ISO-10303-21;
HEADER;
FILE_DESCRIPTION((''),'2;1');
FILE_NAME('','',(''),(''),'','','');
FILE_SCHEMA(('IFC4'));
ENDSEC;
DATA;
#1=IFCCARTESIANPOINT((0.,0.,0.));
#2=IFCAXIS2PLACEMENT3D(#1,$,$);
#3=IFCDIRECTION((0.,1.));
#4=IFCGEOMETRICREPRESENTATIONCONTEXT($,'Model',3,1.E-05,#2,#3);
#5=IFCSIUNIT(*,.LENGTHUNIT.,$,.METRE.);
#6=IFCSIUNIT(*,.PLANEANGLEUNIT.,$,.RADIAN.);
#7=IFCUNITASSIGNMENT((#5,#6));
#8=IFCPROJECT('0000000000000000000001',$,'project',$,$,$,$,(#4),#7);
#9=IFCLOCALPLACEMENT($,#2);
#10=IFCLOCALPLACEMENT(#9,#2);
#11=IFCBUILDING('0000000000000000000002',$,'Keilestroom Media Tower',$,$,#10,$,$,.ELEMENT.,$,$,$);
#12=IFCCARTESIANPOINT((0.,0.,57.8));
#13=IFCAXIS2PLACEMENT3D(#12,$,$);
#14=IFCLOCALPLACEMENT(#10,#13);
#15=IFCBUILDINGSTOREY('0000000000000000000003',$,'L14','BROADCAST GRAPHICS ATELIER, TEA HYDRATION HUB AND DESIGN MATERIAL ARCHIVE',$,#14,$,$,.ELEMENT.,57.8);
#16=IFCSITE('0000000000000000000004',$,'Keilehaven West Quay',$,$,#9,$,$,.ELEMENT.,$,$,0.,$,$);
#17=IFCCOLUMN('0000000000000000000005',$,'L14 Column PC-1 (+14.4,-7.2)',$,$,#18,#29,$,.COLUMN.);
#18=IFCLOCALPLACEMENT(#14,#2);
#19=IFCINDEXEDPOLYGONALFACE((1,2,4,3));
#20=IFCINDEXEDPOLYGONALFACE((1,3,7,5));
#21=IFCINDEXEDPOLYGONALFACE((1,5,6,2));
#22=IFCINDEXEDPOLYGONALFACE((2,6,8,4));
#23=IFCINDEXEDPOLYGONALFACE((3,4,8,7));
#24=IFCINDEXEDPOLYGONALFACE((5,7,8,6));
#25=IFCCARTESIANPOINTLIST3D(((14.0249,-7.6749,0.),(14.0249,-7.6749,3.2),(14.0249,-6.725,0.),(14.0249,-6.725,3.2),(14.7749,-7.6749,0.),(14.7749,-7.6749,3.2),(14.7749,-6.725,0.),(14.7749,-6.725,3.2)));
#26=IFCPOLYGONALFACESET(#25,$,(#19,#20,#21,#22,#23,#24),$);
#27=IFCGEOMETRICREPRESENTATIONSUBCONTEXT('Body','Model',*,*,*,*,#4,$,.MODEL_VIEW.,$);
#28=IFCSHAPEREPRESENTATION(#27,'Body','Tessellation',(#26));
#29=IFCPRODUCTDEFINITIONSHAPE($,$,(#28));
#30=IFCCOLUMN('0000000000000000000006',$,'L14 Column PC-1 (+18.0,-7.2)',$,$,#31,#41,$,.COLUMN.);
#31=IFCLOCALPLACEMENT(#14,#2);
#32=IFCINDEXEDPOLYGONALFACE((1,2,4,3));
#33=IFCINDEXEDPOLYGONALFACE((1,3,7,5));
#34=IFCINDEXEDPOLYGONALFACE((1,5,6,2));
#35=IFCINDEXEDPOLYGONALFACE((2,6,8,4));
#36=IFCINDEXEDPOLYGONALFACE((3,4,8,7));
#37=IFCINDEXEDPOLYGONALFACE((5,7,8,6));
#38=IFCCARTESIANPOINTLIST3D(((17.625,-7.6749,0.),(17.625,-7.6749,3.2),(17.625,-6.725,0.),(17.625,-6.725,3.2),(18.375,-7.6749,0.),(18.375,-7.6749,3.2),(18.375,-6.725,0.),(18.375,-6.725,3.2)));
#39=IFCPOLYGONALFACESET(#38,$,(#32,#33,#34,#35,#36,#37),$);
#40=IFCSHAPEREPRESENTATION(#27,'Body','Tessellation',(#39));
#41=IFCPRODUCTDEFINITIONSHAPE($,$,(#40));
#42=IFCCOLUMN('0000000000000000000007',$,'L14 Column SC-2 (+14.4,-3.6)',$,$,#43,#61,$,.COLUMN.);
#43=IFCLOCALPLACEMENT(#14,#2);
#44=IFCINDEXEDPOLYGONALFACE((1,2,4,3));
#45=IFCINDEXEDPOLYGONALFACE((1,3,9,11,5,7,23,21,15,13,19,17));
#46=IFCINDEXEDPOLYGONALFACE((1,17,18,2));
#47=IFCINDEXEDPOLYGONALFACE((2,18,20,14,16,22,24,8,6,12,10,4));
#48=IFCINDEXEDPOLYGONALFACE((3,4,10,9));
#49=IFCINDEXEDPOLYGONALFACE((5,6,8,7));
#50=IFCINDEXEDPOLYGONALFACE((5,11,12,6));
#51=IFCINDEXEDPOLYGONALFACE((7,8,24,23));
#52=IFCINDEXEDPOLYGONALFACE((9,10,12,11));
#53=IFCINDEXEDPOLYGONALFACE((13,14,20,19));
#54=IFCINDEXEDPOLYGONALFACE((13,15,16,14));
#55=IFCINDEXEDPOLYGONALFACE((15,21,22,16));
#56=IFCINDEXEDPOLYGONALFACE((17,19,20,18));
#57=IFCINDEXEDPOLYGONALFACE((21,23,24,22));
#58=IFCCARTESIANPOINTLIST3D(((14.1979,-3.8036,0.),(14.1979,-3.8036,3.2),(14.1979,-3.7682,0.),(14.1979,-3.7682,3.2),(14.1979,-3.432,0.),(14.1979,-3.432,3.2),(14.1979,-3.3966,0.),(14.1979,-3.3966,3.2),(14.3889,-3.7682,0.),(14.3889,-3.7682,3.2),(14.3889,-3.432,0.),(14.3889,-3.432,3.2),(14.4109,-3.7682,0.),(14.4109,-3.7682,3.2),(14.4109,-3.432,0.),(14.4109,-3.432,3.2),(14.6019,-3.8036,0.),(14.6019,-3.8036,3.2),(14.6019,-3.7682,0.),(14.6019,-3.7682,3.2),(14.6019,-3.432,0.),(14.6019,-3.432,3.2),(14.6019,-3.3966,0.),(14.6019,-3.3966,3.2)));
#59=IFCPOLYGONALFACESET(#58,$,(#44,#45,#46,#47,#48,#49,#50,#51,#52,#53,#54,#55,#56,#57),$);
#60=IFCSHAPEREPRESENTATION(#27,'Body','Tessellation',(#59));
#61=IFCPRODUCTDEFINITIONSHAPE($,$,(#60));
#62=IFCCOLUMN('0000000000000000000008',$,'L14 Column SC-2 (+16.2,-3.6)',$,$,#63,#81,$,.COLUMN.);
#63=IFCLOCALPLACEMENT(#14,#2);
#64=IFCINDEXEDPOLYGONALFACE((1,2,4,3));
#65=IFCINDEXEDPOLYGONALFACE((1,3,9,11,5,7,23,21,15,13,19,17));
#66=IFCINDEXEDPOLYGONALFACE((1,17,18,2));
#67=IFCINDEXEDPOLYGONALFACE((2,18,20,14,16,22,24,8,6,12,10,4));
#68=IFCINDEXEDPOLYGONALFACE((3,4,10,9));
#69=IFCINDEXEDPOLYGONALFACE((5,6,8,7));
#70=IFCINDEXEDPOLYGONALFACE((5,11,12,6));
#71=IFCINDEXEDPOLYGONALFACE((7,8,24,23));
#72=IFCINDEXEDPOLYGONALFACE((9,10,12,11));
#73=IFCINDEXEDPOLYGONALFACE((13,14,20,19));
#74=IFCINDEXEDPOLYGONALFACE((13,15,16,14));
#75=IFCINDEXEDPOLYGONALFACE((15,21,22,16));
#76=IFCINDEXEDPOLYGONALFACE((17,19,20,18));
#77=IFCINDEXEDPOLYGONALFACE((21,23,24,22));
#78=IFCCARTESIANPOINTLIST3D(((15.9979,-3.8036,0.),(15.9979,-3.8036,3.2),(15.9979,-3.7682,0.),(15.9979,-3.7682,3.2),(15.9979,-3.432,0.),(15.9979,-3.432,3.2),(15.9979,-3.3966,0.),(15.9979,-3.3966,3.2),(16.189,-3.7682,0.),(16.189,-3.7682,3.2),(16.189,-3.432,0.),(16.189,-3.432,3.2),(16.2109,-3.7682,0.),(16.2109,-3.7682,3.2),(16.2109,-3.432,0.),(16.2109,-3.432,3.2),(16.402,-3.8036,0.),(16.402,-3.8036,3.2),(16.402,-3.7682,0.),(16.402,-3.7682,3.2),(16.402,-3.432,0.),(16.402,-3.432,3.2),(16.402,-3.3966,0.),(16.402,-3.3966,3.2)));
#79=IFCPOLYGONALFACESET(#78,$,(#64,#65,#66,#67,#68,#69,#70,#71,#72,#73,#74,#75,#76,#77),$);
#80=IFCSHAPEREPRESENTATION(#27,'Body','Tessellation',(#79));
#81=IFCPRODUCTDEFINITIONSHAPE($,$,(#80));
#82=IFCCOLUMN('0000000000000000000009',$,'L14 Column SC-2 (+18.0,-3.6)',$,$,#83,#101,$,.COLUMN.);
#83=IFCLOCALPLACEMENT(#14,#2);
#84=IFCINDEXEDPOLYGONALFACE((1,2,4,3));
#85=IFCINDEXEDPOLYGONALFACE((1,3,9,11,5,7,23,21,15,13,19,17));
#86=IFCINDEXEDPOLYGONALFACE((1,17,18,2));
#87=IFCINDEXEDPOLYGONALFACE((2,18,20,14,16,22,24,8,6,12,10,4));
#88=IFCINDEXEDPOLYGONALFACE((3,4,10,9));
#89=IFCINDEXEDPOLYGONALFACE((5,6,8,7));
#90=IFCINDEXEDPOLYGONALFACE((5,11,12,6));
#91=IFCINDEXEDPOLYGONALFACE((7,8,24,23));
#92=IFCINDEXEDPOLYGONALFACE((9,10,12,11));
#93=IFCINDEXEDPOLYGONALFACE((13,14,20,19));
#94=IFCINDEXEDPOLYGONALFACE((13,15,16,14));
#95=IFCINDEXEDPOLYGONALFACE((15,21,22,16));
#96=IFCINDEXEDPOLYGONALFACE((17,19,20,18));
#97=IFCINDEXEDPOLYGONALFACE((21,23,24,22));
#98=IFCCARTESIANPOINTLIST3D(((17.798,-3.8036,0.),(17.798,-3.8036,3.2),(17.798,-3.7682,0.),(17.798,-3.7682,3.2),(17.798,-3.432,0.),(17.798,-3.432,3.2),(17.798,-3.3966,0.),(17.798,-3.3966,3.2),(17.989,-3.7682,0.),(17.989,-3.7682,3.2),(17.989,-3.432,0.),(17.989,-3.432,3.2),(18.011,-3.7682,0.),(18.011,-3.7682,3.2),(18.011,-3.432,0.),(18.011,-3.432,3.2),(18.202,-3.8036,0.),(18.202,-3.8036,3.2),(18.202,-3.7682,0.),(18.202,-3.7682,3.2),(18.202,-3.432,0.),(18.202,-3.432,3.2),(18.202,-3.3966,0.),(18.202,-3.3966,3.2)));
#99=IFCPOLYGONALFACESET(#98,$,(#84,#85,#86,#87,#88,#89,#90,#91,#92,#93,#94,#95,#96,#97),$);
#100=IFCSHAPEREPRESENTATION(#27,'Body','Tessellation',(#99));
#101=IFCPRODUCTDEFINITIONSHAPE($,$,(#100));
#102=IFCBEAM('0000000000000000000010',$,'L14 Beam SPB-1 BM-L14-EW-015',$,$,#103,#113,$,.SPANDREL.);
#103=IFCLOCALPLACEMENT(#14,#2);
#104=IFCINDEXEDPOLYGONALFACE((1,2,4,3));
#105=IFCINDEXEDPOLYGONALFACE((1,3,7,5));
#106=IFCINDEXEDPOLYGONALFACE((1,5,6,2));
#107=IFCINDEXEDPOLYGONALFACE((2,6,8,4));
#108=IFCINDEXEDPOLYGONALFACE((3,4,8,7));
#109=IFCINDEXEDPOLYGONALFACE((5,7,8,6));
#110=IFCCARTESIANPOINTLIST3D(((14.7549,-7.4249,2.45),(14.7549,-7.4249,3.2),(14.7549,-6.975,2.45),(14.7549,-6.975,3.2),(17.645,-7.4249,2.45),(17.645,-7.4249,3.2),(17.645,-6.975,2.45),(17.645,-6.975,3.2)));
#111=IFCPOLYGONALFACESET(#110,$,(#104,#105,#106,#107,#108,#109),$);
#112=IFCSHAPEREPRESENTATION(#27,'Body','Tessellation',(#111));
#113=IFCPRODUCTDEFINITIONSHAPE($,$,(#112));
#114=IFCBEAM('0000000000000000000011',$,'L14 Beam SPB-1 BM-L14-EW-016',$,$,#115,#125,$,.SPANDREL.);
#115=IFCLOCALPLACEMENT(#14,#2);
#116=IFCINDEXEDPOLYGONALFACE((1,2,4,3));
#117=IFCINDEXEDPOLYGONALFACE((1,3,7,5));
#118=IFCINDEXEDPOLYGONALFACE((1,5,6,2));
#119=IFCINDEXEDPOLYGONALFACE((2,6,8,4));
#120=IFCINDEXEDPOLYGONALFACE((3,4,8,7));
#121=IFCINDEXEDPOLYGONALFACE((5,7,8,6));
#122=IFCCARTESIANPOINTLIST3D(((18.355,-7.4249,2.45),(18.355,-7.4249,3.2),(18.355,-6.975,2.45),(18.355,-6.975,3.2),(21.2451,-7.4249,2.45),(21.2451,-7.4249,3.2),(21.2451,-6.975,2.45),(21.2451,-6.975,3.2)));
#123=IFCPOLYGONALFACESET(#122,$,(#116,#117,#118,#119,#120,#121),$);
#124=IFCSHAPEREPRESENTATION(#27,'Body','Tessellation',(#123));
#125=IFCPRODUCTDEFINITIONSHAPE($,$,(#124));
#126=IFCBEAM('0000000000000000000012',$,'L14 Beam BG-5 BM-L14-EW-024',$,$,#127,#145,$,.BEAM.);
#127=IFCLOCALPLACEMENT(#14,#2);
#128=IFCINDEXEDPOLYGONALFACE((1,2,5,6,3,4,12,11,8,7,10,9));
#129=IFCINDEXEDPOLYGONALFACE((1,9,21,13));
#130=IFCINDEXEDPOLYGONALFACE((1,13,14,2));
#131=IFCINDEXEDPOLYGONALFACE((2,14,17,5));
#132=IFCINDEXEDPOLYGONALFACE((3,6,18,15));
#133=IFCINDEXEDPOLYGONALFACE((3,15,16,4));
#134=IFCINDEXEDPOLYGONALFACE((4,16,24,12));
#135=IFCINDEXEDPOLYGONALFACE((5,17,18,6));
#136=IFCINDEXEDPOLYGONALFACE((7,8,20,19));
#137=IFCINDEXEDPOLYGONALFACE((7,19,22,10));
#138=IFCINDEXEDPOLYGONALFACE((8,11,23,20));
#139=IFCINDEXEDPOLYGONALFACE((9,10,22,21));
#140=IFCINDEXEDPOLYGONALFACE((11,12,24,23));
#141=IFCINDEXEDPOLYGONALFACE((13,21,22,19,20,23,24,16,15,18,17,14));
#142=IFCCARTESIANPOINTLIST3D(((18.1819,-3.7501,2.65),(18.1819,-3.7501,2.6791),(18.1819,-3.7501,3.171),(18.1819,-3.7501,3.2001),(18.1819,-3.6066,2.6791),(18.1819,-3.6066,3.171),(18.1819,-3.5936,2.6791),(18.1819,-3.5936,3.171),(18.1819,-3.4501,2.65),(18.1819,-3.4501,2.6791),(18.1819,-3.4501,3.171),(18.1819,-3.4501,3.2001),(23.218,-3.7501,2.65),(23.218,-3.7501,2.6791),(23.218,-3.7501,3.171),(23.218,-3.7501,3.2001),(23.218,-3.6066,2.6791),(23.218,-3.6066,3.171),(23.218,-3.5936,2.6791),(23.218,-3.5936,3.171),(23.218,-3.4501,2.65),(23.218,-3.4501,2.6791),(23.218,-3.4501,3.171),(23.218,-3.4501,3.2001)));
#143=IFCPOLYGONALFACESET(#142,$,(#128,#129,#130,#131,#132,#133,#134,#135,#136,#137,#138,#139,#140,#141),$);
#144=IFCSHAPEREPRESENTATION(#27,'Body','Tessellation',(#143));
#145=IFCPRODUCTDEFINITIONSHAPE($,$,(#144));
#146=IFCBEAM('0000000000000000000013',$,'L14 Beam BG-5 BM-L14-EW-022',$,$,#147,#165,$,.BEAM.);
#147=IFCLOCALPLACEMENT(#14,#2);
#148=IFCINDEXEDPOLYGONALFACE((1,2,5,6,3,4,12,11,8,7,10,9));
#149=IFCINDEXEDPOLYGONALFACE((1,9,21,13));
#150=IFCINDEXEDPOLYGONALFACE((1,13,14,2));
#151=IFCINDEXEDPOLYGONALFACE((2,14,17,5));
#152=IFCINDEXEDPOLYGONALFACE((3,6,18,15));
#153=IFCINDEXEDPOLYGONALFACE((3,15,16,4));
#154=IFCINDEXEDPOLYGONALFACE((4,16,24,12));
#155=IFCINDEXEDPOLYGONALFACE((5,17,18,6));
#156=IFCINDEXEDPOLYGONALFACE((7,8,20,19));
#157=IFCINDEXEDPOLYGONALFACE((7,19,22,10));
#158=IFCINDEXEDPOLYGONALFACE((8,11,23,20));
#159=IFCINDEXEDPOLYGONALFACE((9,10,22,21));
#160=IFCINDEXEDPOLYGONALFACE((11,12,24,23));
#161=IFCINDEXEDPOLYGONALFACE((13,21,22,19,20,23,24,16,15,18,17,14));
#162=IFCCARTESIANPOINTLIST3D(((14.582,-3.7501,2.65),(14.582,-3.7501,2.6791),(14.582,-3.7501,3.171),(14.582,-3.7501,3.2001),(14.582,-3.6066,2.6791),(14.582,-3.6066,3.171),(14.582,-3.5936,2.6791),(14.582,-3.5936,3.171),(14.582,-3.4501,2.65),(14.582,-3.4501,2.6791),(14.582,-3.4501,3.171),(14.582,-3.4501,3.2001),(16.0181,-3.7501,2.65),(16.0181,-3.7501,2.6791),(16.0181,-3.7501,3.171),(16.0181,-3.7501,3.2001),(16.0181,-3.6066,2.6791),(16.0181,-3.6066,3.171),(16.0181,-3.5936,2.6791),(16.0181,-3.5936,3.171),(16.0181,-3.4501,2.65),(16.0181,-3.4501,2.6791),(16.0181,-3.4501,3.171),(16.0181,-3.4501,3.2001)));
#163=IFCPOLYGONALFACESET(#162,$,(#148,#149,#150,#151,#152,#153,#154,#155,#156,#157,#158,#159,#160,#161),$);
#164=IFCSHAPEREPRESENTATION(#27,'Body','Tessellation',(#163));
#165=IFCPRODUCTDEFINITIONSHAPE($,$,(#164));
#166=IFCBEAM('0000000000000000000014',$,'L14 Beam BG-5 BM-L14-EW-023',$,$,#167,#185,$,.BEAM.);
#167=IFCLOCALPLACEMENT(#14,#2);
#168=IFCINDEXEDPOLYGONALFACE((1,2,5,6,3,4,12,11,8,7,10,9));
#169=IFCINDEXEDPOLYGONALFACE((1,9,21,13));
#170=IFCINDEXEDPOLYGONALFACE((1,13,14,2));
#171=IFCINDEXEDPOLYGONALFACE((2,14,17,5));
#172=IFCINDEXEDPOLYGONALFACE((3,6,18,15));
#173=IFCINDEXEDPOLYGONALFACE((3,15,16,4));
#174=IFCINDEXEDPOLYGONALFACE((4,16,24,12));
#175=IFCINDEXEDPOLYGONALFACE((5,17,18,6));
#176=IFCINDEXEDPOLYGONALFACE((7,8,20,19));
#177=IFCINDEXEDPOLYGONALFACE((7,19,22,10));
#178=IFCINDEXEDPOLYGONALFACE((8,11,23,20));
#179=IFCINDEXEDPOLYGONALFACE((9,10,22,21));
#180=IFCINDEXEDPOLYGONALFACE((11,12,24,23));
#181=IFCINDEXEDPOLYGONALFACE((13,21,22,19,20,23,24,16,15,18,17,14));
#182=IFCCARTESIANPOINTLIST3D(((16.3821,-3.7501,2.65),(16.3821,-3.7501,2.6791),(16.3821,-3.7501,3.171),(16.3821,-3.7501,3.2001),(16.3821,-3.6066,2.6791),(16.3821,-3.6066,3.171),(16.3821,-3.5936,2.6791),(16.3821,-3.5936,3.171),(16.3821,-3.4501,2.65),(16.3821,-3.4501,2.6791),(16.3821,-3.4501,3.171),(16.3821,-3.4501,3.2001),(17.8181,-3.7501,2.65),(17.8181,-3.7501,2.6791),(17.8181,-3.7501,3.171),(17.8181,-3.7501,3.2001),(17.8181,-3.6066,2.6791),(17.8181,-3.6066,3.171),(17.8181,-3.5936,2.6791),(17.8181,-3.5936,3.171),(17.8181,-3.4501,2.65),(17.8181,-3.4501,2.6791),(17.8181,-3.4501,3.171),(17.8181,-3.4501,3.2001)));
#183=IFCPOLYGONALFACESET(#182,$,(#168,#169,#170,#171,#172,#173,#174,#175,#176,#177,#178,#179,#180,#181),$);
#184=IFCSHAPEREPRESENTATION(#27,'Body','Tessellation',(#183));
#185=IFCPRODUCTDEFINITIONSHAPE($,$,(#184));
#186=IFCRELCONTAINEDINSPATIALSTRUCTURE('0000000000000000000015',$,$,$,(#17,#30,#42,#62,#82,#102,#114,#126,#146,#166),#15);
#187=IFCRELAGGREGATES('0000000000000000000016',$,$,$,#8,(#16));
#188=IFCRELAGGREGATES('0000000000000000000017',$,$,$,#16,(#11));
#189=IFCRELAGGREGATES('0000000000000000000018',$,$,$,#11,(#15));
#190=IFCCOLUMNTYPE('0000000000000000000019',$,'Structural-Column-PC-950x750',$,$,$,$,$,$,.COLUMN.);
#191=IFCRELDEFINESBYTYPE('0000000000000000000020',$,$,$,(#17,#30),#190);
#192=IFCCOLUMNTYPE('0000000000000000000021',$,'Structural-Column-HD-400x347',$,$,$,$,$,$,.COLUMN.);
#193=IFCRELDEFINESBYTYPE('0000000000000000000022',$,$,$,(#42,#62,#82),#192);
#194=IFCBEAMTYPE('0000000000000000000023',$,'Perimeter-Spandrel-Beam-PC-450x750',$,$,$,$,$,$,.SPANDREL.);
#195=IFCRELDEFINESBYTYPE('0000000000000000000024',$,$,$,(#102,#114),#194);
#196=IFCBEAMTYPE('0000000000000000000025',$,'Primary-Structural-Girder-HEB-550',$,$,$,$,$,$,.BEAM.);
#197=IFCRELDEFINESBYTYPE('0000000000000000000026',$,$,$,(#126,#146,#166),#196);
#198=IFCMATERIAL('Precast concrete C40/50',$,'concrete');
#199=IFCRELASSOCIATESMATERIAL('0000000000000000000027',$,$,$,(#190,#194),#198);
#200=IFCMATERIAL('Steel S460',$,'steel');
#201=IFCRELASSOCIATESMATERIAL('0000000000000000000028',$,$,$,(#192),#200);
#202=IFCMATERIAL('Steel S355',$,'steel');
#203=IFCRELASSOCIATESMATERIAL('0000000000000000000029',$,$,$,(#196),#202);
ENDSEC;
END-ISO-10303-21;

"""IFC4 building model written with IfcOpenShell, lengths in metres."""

from ifc_helpers import new_model, si_unit, direction, frame, origin, origin_2d, place, context, subcontext, project, spatial, rectangle, i_section, extrude, source, transform, mapped, material, material_profile, profile_set, type_object, element, save


model = new_model("IFC4")

# Units and contexts
model_context = context("Model", 3, precision=1e-05, world=origin(), true_north=direction((0.0, 1.0)))
body_context = subcontext(model_context, "Body", "Model", "MODEL_VIEW")
ifc_project = project(units=[si_unit("LENGTHUNIT", "METRE"), si_unit("PLANEANGLEUNIT", "RADIAN")], contexts=[model_context])

# Site, building, storey
site_placement = place(None, origin())
site = spatial("IfcSite", under=ifc_project, at=site_placement, Name="Keilehaven West Quay", CompositionType="ELEMENT", RefElevation=0.0)
building_placement = place(site_placement, origin())
building = spatial("IfcBuilding", under=site, at=building_placement, Name="Keilestroom Media Tower", CompositionType="ELEMENT")
storey_placement = place(building_placement, frame((0.0, 0.0, 57.8)))
storey = spatial("IfcBuildingStorey", under=building, at=storey_placement, Name="L14", Description="BROADCAST GRAPHICS ATELIER, TEA HYDRATION HUB AND DESIGN MATERIAL ARCHIVE", CompositionType="ELEMENT", Elevation=57.8)

# Columns
ifc_material_1 = material(Name="Precast concrete C40/50", Category="concrete")
ifc_material_profile_1 = material_profile(ifc_material_1, rectangle(XDim=0.75, YDim=0.95, at=origin_2d()), Name="PC 950x750")
ifc_profile_set_1 = profile_set([ifc_material_profile_1], Name="Precast concrete C40/50")
column_type_1 = type_object("IfcColumnType", Name="Structural-Column-PC-950x750", PredefinedType="COLUMN", material=ifc_profile_set_1)
shared_shape_1 = source(origin(), body_context, "Body", "SweptSolid", [
    extrude(rectangle(XDim=0.75, YDim=0.95, at=origin_2d()), origin(), (0.0, 0.0, 1.0), 3.2),
])
for number, where, z_axis, x_axis, name in (
    (1, (14.3999, -7.2, 0.0), (0.0, 0.0, 1.0), (1.0, 0.0, 0.0), "L14 Column PC-1 (+14.4,-7.2)"),
    (2, (18.0, -7.2, 0.0), (0.0, 0.0, 1.0), (1.0, 0.0, 0.0), "L14 Column PC-1 (+18.0,-7.2)"),
):
    element("IfcColumn", number, at=place(storey_placement, frame(where, z_axis=z_axis, x_axis=x_axis)), inside=storey, type_object=column_type_1, Name=name, PredefinedType="COLUMN", context=body_context, shape_type="MappedRepresentation", body=[
        mapped(shared_shape_1, transform((0.0, 0.0, 0.0), x_axis=(1.0, 0.0, 0.0), y_axis=(0.0, 1.0, 0.0), z_axis=(0.0, 0.0, 1.0), scale=1.0)),
    ])
ifc_material_2 = material(Name="Steel S460", Category="steel")
ifc_material_profile_2 = material_profile(ifc_material_2, i_section(OverallWidth=0.4041, OverallDepth=0.407, WebThickness=0.022, FlangeThickness=0.0354, at=origin_2d()), Name="HD 400x347")
ifc_profile_set_2 = profile_set([ifc_material_profile_2], Name="Steel S460")
column_type_2 = type_object("IfcColumnType", Name="Structural-Column-HD-400x347", PredefinedType="COLUMN", material=ifc_profile_set_2)
shared_shape_2 = source(origin(), body_context, "Body", "SweptSolid", [
    extrude(i_section(OverallWidth=0.4041, OverallDepth=0.407, WebThickness=0.022, FlangeThickness=0.0354, at=origin_2d()), origin(), (0.0, 0.0, 1.0), 3.2),
])
for number, where, z_axis, x_axis, name in (
    (3, (14.3999, -3.6001, 0.0), (0.0, 0.0, 1.0), (1.0, 0.0, 0.0), "L14 Column SC-2 (+14.4,-3.6)"),
    (4, (16.2, -3.6001, 0.0), (0.0, 0.0, 1.0), (1.0, 0.0, 0.0), "L14 Column SC-2 (+16.2,-3.6)"),
    (5, (18.0, -3.6001, 0.0), (0.0, 0.0, 1.0), (1.0, 0.0, 0.0), "L14 Column SC-2 (+18.0,-3.6)"),
):
    element("IfcColumn", number, at=place(storey_placement, frame(where, z_axis=z_axis, x_axis=x_axis)), inside=storey, type_object=column_type_2, Name=name, PredefinedType="COLUMN", context=body_context, shape_type="MappedRepresentation", body=[
        mapped(shared_shape_2, transform((0.0, 0.0, 0.0), x_axis=(1.0, 0.0, 0.0), y_axis=(0.0, 1.0, 0.0), z_axis=(0.0, 0.0, 1.0), scale=1.0)),
    ])

# Beams
ifc_material_profile_3 = material_profile(ifc_material_1, rectangle(XDim=0.45, YDim=0.75, at=origin_2d()), Name="PC 450x750")
ifc_profile_set_3 = profile_set([ifc_material_profile_3], Name="Precast concrete C40/50")
beam_type_1 = type_object("IfcBeamType", Name="Perimeter-Spandrel-Beam-PC-450x750", PredefinedType="SPANDREL", material=ifc_profile_set_3)
shared_shape_3 = source(origin(), body_context, "Body", "SweptSolid", [
    extrude(rectangle(XDim=0.45, YDim=0.75, at=origin_2d()), origin(), (0.0, 0.0, 1.0), 2.8901),
])
for number, where, z_axis, x_axis, name in (
    (6, (14.7549, -7.2, 2.825), (1.0, 0.0, 0.0), (0.0, 1.0, 0.0), "L14 Beam SPB-1 BM-L14-EW-015"),
    (7, (18.355, -7.2, 2.825), (1.0, 0.0, 0.0), (0.0, 1.0, 0.0), "L14 Beam SPB-1 BM-L14-EW-016"),
):
    element("IfcBeam", number, at=place(storey_placement, frame(where, z_axis=z_axis, x_axis=x_axis)), inside=storey, type_object=beam_type_1, Name=name, PredefinedType="SPANDREL", context=body_context, shape_type="MappedRepresentation", body=[
        mapped(shared_shape_3, transform((0.0, 0.0, 0.0), x_axis=(1.0, 0.0, 0.0), y_axis=(0.0, 1.0, 0.0), z_axis=(0.0, 0.0, 1.0), scale=1.0)),
    ])
ifc_material_3 = material(Name="Steel S355", Category="steel")
ifc_material_profile_4 = material_profile(ifc_material_3, i_section(OverallWidth=0.3, OverallDepth=0.55, WebThickness=0.0129, FlangeThickness=0.0291, at=origin_2d()), Name="HEB 550")
ifc_profile_set_4 = profile_set([ifc_material_profile_4], Name="Steel S355")
beam_type_2 = type_object("IfcBeamType", Name="Primary-Structural-Girder-HEB-550", PredefinedType="BEAM", material=ifc_profile_set_4)
shared_shape_4 = source(origin(), body_context, "Body", "SweptSolid", [
    extrude(i_section(OverallWidth=0.3, OverallDepth=0.55, WebThickness=0.0129, FlangeThickness=0.0291, at=origin_2d()), origin(), (0.0, 0.0, 1.0), 5.0361),
])
beam_1_placement = place(storey_placement, frame((18.1819, -3.6001, 2.925), z_axis=(1.0, 0.0, 0.0), x_axis=(0.0, 1.0, 0.0)))
element("IfcBeam", 8, at=beam_1_placement, inside=storey, type_object=beam_type_2, Name="L14 Beam BG-5 BM-L14-EW-024", PredefinedType="BEAM", context=body_context, shape_type="MappedRepresentation", body=[
    mapped(shared_shape_4, transform((0.0, 0.0, 0.0), x_axis=(1.0, 0.0, 0.0), y_axis=(0.0, 1.0, 0.0), z_axis=(0.0, 0.0, 1.0), scale=1.0)),
])
shared_shape_5 = source(origin(), body_context, "Body", "SweptSolid", [
    extrude(i_section(OverallWidth=0.3, OverallDepth=0.55, WebThickness=0.0129, FlangeThickness=0.0291, at=origin_2d()), origin(), (0.0, 0.0, 1.0), 1.436),
])
for number, where, z_axis, x_axis, name in (
    (9, (14.582, -3.6001, 2.925), (1.0, 0.0, 0.0), (0.0, 1.0, 0.0), "L14 Beam BG-5 BM-L14-EW-022"),
    (10, (16.3821, -3.6001, 2.925), (1.0, 0.0, 0.0), (0.0, 1.0, 0.0), "L14 Beam BG-5 BM-L14-EW-023"),
):
    element("IfcBeam", number, at=place(storey_placement, frame(where, z_axis=z_axis, x_axis=x_axis)), inside=storey, type_object=beam_type_2, Name=name, PredefinedType="BEAM", context=body_context, shape_type="MappedRepresentation", body=[
        mapped(shared_shape_5, transform((0.0, 0.0, 0.0), x_axis=(1.0, 0.0, 0.0), y_axis=(0.0, 1.0, 0.0), z_axis=(0.0, 0.0, 1.0), scale=1.0)),
    ])

save(model, "model.ifc")
